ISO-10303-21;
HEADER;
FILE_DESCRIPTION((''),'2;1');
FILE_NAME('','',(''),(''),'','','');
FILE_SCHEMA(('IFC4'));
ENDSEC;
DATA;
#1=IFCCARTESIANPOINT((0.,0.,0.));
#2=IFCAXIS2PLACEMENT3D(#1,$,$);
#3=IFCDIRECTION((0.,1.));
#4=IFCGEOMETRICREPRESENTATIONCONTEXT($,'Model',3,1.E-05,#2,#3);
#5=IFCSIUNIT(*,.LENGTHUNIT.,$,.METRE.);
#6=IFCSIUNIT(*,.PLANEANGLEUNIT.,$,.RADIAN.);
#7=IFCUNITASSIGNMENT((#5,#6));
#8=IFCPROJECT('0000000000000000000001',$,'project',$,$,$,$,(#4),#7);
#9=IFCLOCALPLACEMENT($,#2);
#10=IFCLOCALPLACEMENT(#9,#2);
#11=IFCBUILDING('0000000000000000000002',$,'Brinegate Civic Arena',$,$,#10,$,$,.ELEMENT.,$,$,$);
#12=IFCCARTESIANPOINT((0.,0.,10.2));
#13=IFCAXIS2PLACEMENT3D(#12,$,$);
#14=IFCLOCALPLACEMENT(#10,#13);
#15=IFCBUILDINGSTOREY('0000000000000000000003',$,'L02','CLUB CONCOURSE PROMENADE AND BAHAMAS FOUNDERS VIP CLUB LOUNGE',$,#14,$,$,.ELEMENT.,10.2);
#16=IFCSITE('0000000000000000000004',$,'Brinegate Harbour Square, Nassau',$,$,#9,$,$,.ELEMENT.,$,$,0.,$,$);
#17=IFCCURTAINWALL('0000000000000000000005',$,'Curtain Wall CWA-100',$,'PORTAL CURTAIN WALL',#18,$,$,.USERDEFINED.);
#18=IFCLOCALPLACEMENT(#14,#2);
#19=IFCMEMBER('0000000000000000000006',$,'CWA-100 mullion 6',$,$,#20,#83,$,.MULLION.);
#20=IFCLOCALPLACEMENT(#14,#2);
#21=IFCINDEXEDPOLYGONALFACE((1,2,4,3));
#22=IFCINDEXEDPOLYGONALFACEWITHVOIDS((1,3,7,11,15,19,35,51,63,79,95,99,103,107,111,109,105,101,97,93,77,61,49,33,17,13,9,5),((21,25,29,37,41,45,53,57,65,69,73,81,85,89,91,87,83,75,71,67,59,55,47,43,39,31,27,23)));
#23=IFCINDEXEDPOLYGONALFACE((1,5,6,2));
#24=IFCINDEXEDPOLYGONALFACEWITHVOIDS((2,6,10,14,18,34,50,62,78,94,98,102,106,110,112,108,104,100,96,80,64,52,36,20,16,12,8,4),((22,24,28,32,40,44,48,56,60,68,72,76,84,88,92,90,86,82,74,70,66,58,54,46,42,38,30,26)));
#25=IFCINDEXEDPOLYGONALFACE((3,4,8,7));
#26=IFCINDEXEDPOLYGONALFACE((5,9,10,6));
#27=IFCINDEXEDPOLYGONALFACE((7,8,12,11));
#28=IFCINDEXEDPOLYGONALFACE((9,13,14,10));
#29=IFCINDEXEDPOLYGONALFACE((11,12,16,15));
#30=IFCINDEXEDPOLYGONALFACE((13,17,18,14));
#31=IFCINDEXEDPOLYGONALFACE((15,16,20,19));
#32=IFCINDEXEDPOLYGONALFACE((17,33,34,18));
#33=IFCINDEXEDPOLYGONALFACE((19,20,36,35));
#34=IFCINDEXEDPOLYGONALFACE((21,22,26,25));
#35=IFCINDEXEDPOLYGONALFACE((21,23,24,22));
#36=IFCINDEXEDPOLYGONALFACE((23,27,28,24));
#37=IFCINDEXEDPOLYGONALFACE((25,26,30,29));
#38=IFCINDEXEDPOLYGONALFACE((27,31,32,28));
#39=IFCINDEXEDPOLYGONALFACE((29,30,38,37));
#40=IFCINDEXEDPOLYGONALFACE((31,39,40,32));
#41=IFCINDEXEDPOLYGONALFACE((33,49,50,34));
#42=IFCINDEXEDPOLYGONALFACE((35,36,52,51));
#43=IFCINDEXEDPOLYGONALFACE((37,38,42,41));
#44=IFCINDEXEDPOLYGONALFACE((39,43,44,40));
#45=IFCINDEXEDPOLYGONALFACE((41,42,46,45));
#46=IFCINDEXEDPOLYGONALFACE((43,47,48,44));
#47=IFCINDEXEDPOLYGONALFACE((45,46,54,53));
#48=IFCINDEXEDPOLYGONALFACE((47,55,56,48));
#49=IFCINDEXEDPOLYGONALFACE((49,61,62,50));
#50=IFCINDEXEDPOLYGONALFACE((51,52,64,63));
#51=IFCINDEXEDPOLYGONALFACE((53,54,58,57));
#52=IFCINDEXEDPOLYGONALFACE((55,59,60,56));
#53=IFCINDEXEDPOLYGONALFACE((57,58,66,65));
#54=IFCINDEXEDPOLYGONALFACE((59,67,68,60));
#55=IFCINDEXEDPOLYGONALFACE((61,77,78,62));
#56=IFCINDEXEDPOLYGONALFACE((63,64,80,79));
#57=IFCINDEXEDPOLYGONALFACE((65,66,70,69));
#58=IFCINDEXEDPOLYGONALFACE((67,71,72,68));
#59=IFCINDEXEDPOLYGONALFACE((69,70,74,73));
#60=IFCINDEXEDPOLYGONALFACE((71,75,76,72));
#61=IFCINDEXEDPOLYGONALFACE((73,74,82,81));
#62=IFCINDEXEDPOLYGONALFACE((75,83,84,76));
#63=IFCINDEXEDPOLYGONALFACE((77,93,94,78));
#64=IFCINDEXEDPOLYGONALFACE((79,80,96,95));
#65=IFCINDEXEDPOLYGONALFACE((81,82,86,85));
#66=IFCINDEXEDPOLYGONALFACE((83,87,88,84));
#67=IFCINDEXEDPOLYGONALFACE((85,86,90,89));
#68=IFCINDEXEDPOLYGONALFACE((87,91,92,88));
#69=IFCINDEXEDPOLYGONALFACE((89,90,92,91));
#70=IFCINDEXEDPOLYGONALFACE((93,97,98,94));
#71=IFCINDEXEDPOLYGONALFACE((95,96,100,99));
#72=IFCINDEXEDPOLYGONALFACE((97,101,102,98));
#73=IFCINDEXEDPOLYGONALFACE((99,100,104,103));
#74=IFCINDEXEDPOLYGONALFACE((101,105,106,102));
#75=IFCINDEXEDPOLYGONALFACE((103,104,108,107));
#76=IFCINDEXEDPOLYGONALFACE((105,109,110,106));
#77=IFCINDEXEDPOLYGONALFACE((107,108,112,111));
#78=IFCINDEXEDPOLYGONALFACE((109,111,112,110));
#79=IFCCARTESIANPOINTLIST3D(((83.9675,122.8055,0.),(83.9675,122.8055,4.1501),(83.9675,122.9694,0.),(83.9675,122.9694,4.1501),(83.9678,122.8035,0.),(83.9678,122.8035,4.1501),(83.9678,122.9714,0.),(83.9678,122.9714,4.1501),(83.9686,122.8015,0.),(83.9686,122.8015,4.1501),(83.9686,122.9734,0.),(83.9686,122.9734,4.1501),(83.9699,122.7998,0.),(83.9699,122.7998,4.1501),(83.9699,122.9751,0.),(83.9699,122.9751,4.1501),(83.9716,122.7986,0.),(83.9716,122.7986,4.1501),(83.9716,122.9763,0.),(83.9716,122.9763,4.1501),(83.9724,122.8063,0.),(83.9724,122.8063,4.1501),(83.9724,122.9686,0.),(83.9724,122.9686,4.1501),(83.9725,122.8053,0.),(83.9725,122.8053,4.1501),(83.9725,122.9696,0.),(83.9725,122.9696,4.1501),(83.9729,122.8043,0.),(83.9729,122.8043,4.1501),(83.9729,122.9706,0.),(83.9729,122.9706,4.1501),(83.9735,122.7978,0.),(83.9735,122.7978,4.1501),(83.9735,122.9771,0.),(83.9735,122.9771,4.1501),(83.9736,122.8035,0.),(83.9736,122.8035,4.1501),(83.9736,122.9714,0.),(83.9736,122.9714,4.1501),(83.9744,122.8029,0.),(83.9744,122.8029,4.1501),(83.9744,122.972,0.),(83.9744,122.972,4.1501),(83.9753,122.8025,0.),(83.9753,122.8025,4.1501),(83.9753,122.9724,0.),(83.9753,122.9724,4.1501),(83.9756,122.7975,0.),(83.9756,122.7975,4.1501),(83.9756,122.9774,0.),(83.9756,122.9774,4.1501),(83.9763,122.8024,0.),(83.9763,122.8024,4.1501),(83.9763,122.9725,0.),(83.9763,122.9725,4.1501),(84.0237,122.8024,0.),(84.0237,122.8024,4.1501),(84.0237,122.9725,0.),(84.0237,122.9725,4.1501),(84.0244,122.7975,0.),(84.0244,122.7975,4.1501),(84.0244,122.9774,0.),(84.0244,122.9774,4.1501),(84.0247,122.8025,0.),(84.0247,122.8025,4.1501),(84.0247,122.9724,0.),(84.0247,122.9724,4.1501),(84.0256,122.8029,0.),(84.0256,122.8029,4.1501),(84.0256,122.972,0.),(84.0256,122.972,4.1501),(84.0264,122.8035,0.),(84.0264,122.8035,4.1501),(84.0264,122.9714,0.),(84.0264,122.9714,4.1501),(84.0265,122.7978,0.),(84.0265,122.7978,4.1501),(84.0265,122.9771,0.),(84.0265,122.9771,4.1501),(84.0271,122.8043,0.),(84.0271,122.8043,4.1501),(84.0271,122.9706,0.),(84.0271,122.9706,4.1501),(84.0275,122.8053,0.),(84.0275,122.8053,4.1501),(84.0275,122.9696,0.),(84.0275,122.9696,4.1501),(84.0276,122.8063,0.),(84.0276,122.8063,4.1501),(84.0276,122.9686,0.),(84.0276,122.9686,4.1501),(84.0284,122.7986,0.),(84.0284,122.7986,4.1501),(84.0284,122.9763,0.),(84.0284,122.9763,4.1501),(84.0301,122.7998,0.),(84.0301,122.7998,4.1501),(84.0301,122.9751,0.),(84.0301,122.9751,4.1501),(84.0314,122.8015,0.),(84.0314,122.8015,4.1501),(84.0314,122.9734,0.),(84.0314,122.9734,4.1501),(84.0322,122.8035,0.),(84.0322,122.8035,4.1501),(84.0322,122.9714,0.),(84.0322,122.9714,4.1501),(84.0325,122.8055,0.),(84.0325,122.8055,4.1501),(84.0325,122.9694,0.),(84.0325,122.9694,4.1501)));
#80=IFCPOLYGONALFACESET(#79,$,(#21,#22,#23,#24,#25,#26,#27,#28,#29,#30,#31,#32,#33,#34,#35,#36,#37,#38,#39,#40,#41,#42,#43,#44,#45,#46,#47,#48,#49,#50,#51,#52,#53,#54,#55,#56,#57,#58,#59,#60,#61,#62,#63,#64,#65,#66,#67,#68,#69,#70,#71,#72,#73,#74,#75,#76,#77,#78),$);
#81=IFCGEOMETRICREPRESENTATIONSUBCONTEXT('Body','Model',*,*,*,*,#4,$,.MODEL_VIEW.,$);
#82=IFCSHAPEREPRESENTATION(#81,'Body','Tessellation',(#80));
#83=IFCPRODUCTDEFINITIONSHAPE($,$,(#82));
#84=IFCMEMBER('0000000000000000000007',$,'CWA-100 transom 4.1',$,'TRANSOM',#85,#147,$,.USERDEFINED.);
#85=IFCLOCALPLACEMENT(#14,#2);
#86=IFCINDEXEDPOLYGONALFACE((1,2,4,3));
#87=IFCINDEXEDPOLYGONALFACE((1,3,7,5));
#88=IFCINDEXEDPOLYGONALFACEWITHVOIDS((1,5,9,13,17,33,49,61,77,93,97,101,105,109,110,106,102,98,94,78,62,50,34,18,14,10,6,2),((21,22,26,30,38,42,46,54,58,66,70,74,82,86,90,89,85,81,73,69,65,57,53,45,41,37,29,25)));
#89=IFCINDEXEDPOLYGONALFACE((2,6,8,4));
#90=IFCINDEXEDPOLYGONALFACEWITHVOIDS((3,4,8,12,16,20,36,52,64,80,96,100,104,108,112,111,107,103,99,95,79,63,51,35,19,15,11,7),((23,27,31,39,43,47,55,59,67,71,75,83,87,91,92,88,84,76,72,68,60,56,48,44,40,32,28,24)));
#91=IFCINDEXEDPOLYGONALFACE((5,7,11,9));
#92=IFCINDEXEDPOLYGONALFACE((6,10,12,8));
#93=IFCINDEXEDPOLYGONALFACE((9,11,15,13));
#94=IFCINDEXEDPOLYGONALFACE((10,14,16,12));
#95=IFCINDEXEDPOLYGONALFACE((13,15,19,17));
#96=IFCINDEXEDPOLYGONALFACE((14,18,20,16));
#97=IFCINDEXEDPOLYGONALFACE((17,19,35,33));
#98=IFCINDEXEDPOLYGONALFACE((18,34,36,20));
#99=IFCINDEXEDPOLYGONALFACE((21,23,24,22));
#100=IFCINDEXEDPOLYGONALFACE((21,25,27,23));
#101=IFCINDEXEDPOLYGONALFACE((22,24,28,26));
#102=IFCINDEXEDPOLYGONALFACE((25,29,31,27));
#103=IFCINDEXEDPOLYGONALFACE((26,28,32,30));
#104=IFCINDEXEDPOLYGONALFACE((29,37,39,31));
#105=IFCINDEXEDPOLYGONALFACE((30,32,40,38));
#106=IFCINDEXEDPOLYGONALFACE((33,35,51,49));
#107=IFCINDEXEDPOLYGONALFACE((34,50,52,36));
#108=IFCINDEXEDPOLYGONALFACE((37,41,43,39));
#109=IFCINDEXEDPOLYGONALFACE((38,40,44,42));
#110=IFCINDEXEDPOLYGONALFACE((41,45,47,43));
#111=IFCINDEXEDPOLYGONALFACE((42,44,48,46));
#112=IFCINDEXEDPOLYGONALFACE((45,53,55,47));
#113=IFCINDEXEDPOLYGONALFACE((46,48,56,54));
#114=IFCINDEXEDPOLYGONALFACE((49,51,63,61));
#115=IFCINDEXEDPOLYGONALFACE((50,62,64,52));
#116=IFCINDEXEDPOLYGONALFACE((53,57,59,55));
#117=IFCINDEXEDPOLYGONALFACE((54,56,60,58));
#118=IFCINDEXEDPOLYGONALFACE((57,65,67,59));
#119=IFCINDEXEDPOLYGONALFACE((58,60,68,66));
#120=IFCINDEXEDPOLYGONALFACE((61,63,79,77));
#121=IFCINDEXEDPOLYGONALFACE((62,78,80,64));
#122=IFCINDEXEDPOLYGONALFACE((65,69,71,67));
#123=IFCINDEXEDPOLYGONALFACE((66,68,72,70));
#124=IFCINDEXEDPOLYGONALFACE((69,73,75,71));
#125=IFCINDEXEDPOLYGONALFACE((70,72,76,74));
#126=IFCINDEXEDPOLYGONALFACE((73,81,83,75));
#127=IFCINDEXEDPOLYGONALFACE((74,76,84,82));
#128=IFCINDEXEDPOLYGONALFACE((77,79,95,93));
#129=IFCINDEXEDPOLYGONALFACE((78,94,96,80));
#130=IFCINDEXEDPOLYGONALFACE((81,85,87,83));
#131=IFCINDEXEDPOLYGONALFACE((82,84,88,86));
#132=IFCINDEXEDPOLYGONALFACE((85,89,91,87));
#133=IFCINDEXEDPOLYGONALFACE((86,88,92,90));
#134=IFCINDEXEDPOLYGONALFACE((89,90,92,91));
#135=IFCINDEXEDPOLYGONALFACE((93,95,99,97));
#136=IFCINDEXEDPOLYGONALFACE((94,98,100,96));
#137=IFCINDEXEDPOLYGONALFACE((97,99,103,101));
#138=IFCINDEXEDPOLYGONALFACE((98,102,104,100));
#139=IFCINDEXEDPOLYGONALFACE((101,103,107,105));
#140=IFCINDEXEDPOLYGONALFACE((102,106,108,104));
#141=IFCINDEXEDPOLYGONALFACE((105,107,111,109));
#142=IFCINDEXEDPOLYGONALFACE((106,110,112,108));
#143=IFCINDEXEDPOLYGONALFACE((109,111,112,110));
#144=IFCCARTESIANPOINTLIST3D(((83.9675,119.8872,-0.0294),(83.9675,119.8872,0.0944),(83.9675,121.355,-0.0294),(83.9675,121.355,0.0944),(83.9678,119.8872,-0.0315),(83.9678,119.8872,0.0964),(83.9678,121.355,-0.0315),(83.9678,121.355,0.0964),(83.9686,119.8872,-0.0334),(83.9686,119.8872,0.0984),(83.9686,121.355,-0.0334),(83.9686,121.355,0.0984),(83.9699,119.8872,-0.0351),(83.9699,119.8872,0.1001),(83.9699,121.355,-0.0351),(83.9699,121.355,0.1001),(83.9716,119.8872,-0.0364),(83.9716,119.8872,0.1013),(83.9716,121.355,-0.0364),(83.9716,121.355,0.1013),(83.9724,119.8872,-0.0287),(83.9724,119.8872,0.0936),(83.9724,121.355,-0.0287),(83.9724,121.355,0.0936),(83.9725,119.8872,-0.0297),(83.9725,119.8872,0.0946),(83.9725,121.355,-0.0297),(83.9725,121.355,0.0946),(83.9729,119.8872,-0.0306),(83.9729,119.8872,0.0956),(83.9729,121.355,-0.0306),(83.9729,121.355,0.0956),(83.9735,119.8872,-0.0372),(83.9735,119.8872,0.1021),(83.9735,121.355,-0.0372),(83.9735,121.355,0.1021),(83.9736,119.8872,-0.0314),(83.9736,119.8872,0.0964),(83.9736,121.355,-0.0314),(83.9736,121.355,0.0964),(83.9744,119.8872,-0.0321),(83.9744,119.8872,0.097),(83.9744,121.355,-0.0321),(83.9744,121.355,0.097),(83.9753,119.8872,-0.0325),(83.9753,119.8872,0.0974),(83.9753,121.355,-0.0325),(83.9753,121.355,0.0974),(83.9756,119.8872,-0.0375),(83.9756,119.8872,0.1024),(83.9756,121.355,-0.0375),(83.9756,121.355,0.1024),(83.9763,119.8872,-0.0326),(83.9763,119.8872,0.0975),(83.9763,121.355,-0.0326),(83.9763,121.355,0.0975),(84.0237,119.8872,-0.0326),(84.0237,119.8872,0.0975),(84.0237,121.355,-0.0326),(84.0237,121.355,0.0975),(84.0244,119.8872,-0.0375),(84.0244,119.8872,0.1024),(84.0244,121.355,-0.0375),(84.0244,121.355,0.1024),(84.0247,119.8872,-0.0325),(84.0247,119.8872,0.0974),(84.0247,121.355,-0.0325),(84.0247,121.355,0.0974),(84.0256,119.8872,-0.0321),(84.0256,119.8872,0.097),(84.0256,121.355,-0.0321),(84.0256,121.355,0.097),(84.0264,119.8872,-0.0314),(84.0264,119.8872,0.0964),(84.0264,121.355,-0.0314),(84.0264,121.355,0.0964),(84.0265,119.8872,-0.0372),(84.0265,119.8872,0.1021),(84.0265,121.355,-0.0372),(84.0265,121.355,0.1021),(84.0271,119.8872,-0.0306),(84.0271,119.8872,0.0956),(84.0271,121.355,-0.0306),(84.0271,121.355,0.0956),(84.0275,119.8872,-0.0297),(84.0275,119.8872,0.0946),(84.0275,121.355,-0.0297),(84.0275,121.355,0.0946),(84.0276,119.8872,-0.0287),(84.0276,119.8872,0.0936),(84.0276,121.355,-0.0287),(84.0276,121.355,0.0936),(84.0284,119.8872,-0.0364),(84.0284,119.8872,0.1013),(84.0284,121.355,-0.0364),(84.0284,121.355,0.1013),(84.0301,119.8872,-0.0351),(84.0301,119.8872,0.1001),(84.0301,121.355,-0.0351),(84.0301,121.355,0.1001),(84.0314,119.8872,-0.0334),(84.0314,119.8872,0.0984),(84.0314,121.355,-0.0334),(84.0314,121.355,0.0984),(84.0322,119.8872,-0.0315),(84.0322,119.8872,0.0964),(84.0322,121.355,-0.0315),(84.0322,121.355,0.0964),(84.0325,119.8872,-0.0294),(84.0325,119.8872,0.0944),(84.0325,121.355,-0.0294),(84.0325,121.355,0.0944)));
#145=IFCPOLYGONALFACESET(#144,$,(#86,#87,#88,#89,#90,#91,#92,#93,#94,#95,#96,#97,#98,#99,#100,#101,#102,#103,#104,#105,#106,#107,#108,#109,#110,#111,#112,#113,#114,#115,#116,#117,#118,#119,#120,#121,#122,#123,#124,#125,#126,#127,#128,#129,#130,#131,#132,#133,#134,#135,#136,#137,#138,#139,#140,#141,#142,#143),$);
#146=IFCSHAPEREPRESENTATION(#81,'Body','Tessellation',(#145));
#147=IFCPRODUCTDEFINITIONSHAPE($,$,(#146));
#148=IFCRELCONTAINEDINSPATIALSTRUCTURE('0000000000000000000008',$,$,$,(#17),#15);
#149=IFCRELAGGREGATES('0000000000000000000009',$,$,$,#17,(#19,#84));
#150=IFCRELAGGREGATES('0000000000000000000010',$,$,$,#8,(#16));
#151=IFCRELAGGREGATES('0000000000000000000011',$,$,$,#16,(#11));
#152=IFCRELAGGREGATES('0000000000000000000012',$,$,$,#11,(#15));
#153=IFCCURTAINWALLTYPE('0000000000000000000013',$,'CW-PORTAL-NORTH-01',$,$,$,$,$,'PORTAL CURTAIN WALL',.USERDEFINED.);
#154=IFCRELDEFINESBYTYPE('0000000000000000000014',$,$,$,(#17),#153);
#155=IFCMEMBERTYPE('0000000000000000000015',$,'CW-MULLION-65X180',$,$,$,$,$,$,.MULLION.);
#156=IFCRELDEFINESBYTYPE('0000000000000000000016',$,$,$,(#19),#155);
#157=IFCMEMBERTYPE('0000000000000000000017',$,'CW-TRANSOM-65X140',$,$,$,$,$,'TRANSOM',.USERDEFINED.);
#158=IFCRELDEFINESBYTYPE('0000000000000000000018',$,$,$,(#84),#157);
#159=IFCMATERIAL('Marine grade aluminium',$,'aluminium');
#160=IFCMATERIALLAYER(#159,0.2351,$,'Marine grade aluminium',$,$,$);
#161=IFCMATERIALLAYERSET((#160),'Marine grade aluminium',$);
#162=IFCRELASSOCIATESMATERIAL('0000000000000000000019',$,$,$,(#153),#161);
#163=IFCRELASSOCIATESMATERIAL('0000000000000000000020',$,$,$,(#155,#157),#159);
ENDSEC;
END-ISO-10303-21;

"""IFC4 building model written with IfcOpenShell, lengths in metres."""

from ifc_helpers import new_model, si_unit, direction, frame, origin, origin_2d, place, context, subcontext, project, spatial, hollow_rectangle, extrude, material, layer, layer_set, material_profile, profile_set, type_object, element, aggregate, save


model = new_model("IFC4")

# Units and contexts
model_context = context("Model", 3, precision=1e-05, world=origin(), true_north=direction((0.0, 1.0)))
body_context = subcontext(model_context, "Body", "Model", "MODEL_VIEW")
ifc_project = project(units=[si_unit("LENGTHUNIT", "METRE"), si_unit("PLANEANGLEUNIT", "RADIAN")], contexts=[model_context])

# Site, building, storey
site_placement = place(None, origin())
site = spatial("IfcSite", under=ifc_project, at=site_placement, Name="Brinegate Harbour Square, Nassau", CompositionType="ELEMENT", RefElevation=0.0)
building_placement = place(site_placement, origin())
building = spatial("IfcBuilding", under=site, at=building_placement, Name="Brinegate Civic Arena", CompositionType="ELEMENT")
storey_placement = place(building_placement, frame((0.0, 0.0, 10.2)))
storey = spatial("IfcBuildingStorey", under=building, at=storey_placement, Name="L02", Description="CLUB CONCOURSE PROMENADE AND BAHAMAS FOUNDERS VIP CLUB LOUNGE", CompositionType="ELEMENT", Elevation=10.2)

# Curtain wall, members
ifc_material_1 = material(Name="Marine grade aluminium", Category="aluminium")
ifc_layer_1 = layer(ifc_material_1, 0.2351, Name="Marine grade aluminium")
ifc_layer_set_1 = layer_set([ifc_layer_1], Name="Marine grade aluminium")
curtain_wall_type = type_object("IfcCurtainWallType", Name="CW-PORTAL-NORTH-01", ElementType="PORTAL CURTAIN WALL", PredefinedType="USERDEFINED", material=ifc_layer_set_1)
curtain_wall_placement = place(storey_placement, origin())
curtain_wall = element("IfcCurtainWall", 1, at=curtain_wall_placement, inside=storey, type_object=curtain_wall_type, Name="Curtain Wall CWA-100", ObjectType="PORTAL CURTAIN WALL", PredefinedType="USERDEFINED")
ifc_material_profile_1 = material_profile(ifc_material_1, hollow_rectangle(XDim=0.0649, YDim=0.1799, WallThickness=0.0049, InnerFilletRadius=0.0039, OuterFilletRadius=0.0081, at=origin_2d()), Name="MUL65X180")
ifc_profile_set_1 = profile_set([ifc_material_profile_1], Name="Marine grade aluminium")
member_type_1 = type_object("IfcMemberType", Name="CW-MULLION-65X180", PredefinedType="MULLION", material=ifc_profile_set_1)
member_1_placement = place(storey_placement, frame((84.0, 122.8875, 0.0), z_axis=(0.0, 0.0, 1.0), x_axis=(-1.0, 0.0, 0.0)))
member_1 = element("IfcMember", 2, at=member_1_placement, type_object=member_type_1, Name="CWA-100 mullion 6", PredefinedType="MULLION", context=body_context, shape_type="SweptSolid", body=[
    extrude(hollow_rectangle(XDim=0.0649, YDim=0.1799, WallThickness=0.0049, InnerFilletRadius=0.0039, OuterFilletRadius=0.0081, at=origin_2d()), origin(), (0.0, 0.0, 1.0), 4.1501),
])
ifc_material_profile_2 = material_profile(ifc_material_1, hollow_rectangle(XDim=0.0649, YDim=0.1399, WallThickness=0.0049, InnerFilletRadius=0.0039, OuterFilletRadius=0.0081, at=origin_2d()), Name="TRN65X140")
ifc_profile_set_2 = profile_set([ifc_material_profile_2], Name="Marine grade aluminium")
member_type_2 = type_object("IfcMemberType", Name="CW-TRANSOM-65X140", ElementType="TRANSOM", PredefinedType="USERDEFINED", material=ifc_profile_set_2)
member_2_placement = place(storey_placement, frame((84.0, 119.8872, 0.0325), z_axis=(0.0, 1.0, 0.0), x_axis=(-1.0, 0.0, 0.0)))
member_2 = element("IfcMember", 3, at=member_2_placement, type_object=member_type_2, Name="CWA-100 transom 4.1", ObjectType="TRANSOM", PredefinedType="USERDEFINED", context=body_context, shape_type="SweptSolid", body=[
    extrude(hollow_rectangle(XDim=0.0649, YDim=0.1399, WallThickness=0.0049, InnerFilletRadius=0.0039, OuterFilletRadius=0.0081, at=origin_2d()), origin(), (0.0, 0.0, 1.0), 1.4678),
])
aggregate(curtain_wall, [member_1, member_2])

save(model, "model.ifc")
